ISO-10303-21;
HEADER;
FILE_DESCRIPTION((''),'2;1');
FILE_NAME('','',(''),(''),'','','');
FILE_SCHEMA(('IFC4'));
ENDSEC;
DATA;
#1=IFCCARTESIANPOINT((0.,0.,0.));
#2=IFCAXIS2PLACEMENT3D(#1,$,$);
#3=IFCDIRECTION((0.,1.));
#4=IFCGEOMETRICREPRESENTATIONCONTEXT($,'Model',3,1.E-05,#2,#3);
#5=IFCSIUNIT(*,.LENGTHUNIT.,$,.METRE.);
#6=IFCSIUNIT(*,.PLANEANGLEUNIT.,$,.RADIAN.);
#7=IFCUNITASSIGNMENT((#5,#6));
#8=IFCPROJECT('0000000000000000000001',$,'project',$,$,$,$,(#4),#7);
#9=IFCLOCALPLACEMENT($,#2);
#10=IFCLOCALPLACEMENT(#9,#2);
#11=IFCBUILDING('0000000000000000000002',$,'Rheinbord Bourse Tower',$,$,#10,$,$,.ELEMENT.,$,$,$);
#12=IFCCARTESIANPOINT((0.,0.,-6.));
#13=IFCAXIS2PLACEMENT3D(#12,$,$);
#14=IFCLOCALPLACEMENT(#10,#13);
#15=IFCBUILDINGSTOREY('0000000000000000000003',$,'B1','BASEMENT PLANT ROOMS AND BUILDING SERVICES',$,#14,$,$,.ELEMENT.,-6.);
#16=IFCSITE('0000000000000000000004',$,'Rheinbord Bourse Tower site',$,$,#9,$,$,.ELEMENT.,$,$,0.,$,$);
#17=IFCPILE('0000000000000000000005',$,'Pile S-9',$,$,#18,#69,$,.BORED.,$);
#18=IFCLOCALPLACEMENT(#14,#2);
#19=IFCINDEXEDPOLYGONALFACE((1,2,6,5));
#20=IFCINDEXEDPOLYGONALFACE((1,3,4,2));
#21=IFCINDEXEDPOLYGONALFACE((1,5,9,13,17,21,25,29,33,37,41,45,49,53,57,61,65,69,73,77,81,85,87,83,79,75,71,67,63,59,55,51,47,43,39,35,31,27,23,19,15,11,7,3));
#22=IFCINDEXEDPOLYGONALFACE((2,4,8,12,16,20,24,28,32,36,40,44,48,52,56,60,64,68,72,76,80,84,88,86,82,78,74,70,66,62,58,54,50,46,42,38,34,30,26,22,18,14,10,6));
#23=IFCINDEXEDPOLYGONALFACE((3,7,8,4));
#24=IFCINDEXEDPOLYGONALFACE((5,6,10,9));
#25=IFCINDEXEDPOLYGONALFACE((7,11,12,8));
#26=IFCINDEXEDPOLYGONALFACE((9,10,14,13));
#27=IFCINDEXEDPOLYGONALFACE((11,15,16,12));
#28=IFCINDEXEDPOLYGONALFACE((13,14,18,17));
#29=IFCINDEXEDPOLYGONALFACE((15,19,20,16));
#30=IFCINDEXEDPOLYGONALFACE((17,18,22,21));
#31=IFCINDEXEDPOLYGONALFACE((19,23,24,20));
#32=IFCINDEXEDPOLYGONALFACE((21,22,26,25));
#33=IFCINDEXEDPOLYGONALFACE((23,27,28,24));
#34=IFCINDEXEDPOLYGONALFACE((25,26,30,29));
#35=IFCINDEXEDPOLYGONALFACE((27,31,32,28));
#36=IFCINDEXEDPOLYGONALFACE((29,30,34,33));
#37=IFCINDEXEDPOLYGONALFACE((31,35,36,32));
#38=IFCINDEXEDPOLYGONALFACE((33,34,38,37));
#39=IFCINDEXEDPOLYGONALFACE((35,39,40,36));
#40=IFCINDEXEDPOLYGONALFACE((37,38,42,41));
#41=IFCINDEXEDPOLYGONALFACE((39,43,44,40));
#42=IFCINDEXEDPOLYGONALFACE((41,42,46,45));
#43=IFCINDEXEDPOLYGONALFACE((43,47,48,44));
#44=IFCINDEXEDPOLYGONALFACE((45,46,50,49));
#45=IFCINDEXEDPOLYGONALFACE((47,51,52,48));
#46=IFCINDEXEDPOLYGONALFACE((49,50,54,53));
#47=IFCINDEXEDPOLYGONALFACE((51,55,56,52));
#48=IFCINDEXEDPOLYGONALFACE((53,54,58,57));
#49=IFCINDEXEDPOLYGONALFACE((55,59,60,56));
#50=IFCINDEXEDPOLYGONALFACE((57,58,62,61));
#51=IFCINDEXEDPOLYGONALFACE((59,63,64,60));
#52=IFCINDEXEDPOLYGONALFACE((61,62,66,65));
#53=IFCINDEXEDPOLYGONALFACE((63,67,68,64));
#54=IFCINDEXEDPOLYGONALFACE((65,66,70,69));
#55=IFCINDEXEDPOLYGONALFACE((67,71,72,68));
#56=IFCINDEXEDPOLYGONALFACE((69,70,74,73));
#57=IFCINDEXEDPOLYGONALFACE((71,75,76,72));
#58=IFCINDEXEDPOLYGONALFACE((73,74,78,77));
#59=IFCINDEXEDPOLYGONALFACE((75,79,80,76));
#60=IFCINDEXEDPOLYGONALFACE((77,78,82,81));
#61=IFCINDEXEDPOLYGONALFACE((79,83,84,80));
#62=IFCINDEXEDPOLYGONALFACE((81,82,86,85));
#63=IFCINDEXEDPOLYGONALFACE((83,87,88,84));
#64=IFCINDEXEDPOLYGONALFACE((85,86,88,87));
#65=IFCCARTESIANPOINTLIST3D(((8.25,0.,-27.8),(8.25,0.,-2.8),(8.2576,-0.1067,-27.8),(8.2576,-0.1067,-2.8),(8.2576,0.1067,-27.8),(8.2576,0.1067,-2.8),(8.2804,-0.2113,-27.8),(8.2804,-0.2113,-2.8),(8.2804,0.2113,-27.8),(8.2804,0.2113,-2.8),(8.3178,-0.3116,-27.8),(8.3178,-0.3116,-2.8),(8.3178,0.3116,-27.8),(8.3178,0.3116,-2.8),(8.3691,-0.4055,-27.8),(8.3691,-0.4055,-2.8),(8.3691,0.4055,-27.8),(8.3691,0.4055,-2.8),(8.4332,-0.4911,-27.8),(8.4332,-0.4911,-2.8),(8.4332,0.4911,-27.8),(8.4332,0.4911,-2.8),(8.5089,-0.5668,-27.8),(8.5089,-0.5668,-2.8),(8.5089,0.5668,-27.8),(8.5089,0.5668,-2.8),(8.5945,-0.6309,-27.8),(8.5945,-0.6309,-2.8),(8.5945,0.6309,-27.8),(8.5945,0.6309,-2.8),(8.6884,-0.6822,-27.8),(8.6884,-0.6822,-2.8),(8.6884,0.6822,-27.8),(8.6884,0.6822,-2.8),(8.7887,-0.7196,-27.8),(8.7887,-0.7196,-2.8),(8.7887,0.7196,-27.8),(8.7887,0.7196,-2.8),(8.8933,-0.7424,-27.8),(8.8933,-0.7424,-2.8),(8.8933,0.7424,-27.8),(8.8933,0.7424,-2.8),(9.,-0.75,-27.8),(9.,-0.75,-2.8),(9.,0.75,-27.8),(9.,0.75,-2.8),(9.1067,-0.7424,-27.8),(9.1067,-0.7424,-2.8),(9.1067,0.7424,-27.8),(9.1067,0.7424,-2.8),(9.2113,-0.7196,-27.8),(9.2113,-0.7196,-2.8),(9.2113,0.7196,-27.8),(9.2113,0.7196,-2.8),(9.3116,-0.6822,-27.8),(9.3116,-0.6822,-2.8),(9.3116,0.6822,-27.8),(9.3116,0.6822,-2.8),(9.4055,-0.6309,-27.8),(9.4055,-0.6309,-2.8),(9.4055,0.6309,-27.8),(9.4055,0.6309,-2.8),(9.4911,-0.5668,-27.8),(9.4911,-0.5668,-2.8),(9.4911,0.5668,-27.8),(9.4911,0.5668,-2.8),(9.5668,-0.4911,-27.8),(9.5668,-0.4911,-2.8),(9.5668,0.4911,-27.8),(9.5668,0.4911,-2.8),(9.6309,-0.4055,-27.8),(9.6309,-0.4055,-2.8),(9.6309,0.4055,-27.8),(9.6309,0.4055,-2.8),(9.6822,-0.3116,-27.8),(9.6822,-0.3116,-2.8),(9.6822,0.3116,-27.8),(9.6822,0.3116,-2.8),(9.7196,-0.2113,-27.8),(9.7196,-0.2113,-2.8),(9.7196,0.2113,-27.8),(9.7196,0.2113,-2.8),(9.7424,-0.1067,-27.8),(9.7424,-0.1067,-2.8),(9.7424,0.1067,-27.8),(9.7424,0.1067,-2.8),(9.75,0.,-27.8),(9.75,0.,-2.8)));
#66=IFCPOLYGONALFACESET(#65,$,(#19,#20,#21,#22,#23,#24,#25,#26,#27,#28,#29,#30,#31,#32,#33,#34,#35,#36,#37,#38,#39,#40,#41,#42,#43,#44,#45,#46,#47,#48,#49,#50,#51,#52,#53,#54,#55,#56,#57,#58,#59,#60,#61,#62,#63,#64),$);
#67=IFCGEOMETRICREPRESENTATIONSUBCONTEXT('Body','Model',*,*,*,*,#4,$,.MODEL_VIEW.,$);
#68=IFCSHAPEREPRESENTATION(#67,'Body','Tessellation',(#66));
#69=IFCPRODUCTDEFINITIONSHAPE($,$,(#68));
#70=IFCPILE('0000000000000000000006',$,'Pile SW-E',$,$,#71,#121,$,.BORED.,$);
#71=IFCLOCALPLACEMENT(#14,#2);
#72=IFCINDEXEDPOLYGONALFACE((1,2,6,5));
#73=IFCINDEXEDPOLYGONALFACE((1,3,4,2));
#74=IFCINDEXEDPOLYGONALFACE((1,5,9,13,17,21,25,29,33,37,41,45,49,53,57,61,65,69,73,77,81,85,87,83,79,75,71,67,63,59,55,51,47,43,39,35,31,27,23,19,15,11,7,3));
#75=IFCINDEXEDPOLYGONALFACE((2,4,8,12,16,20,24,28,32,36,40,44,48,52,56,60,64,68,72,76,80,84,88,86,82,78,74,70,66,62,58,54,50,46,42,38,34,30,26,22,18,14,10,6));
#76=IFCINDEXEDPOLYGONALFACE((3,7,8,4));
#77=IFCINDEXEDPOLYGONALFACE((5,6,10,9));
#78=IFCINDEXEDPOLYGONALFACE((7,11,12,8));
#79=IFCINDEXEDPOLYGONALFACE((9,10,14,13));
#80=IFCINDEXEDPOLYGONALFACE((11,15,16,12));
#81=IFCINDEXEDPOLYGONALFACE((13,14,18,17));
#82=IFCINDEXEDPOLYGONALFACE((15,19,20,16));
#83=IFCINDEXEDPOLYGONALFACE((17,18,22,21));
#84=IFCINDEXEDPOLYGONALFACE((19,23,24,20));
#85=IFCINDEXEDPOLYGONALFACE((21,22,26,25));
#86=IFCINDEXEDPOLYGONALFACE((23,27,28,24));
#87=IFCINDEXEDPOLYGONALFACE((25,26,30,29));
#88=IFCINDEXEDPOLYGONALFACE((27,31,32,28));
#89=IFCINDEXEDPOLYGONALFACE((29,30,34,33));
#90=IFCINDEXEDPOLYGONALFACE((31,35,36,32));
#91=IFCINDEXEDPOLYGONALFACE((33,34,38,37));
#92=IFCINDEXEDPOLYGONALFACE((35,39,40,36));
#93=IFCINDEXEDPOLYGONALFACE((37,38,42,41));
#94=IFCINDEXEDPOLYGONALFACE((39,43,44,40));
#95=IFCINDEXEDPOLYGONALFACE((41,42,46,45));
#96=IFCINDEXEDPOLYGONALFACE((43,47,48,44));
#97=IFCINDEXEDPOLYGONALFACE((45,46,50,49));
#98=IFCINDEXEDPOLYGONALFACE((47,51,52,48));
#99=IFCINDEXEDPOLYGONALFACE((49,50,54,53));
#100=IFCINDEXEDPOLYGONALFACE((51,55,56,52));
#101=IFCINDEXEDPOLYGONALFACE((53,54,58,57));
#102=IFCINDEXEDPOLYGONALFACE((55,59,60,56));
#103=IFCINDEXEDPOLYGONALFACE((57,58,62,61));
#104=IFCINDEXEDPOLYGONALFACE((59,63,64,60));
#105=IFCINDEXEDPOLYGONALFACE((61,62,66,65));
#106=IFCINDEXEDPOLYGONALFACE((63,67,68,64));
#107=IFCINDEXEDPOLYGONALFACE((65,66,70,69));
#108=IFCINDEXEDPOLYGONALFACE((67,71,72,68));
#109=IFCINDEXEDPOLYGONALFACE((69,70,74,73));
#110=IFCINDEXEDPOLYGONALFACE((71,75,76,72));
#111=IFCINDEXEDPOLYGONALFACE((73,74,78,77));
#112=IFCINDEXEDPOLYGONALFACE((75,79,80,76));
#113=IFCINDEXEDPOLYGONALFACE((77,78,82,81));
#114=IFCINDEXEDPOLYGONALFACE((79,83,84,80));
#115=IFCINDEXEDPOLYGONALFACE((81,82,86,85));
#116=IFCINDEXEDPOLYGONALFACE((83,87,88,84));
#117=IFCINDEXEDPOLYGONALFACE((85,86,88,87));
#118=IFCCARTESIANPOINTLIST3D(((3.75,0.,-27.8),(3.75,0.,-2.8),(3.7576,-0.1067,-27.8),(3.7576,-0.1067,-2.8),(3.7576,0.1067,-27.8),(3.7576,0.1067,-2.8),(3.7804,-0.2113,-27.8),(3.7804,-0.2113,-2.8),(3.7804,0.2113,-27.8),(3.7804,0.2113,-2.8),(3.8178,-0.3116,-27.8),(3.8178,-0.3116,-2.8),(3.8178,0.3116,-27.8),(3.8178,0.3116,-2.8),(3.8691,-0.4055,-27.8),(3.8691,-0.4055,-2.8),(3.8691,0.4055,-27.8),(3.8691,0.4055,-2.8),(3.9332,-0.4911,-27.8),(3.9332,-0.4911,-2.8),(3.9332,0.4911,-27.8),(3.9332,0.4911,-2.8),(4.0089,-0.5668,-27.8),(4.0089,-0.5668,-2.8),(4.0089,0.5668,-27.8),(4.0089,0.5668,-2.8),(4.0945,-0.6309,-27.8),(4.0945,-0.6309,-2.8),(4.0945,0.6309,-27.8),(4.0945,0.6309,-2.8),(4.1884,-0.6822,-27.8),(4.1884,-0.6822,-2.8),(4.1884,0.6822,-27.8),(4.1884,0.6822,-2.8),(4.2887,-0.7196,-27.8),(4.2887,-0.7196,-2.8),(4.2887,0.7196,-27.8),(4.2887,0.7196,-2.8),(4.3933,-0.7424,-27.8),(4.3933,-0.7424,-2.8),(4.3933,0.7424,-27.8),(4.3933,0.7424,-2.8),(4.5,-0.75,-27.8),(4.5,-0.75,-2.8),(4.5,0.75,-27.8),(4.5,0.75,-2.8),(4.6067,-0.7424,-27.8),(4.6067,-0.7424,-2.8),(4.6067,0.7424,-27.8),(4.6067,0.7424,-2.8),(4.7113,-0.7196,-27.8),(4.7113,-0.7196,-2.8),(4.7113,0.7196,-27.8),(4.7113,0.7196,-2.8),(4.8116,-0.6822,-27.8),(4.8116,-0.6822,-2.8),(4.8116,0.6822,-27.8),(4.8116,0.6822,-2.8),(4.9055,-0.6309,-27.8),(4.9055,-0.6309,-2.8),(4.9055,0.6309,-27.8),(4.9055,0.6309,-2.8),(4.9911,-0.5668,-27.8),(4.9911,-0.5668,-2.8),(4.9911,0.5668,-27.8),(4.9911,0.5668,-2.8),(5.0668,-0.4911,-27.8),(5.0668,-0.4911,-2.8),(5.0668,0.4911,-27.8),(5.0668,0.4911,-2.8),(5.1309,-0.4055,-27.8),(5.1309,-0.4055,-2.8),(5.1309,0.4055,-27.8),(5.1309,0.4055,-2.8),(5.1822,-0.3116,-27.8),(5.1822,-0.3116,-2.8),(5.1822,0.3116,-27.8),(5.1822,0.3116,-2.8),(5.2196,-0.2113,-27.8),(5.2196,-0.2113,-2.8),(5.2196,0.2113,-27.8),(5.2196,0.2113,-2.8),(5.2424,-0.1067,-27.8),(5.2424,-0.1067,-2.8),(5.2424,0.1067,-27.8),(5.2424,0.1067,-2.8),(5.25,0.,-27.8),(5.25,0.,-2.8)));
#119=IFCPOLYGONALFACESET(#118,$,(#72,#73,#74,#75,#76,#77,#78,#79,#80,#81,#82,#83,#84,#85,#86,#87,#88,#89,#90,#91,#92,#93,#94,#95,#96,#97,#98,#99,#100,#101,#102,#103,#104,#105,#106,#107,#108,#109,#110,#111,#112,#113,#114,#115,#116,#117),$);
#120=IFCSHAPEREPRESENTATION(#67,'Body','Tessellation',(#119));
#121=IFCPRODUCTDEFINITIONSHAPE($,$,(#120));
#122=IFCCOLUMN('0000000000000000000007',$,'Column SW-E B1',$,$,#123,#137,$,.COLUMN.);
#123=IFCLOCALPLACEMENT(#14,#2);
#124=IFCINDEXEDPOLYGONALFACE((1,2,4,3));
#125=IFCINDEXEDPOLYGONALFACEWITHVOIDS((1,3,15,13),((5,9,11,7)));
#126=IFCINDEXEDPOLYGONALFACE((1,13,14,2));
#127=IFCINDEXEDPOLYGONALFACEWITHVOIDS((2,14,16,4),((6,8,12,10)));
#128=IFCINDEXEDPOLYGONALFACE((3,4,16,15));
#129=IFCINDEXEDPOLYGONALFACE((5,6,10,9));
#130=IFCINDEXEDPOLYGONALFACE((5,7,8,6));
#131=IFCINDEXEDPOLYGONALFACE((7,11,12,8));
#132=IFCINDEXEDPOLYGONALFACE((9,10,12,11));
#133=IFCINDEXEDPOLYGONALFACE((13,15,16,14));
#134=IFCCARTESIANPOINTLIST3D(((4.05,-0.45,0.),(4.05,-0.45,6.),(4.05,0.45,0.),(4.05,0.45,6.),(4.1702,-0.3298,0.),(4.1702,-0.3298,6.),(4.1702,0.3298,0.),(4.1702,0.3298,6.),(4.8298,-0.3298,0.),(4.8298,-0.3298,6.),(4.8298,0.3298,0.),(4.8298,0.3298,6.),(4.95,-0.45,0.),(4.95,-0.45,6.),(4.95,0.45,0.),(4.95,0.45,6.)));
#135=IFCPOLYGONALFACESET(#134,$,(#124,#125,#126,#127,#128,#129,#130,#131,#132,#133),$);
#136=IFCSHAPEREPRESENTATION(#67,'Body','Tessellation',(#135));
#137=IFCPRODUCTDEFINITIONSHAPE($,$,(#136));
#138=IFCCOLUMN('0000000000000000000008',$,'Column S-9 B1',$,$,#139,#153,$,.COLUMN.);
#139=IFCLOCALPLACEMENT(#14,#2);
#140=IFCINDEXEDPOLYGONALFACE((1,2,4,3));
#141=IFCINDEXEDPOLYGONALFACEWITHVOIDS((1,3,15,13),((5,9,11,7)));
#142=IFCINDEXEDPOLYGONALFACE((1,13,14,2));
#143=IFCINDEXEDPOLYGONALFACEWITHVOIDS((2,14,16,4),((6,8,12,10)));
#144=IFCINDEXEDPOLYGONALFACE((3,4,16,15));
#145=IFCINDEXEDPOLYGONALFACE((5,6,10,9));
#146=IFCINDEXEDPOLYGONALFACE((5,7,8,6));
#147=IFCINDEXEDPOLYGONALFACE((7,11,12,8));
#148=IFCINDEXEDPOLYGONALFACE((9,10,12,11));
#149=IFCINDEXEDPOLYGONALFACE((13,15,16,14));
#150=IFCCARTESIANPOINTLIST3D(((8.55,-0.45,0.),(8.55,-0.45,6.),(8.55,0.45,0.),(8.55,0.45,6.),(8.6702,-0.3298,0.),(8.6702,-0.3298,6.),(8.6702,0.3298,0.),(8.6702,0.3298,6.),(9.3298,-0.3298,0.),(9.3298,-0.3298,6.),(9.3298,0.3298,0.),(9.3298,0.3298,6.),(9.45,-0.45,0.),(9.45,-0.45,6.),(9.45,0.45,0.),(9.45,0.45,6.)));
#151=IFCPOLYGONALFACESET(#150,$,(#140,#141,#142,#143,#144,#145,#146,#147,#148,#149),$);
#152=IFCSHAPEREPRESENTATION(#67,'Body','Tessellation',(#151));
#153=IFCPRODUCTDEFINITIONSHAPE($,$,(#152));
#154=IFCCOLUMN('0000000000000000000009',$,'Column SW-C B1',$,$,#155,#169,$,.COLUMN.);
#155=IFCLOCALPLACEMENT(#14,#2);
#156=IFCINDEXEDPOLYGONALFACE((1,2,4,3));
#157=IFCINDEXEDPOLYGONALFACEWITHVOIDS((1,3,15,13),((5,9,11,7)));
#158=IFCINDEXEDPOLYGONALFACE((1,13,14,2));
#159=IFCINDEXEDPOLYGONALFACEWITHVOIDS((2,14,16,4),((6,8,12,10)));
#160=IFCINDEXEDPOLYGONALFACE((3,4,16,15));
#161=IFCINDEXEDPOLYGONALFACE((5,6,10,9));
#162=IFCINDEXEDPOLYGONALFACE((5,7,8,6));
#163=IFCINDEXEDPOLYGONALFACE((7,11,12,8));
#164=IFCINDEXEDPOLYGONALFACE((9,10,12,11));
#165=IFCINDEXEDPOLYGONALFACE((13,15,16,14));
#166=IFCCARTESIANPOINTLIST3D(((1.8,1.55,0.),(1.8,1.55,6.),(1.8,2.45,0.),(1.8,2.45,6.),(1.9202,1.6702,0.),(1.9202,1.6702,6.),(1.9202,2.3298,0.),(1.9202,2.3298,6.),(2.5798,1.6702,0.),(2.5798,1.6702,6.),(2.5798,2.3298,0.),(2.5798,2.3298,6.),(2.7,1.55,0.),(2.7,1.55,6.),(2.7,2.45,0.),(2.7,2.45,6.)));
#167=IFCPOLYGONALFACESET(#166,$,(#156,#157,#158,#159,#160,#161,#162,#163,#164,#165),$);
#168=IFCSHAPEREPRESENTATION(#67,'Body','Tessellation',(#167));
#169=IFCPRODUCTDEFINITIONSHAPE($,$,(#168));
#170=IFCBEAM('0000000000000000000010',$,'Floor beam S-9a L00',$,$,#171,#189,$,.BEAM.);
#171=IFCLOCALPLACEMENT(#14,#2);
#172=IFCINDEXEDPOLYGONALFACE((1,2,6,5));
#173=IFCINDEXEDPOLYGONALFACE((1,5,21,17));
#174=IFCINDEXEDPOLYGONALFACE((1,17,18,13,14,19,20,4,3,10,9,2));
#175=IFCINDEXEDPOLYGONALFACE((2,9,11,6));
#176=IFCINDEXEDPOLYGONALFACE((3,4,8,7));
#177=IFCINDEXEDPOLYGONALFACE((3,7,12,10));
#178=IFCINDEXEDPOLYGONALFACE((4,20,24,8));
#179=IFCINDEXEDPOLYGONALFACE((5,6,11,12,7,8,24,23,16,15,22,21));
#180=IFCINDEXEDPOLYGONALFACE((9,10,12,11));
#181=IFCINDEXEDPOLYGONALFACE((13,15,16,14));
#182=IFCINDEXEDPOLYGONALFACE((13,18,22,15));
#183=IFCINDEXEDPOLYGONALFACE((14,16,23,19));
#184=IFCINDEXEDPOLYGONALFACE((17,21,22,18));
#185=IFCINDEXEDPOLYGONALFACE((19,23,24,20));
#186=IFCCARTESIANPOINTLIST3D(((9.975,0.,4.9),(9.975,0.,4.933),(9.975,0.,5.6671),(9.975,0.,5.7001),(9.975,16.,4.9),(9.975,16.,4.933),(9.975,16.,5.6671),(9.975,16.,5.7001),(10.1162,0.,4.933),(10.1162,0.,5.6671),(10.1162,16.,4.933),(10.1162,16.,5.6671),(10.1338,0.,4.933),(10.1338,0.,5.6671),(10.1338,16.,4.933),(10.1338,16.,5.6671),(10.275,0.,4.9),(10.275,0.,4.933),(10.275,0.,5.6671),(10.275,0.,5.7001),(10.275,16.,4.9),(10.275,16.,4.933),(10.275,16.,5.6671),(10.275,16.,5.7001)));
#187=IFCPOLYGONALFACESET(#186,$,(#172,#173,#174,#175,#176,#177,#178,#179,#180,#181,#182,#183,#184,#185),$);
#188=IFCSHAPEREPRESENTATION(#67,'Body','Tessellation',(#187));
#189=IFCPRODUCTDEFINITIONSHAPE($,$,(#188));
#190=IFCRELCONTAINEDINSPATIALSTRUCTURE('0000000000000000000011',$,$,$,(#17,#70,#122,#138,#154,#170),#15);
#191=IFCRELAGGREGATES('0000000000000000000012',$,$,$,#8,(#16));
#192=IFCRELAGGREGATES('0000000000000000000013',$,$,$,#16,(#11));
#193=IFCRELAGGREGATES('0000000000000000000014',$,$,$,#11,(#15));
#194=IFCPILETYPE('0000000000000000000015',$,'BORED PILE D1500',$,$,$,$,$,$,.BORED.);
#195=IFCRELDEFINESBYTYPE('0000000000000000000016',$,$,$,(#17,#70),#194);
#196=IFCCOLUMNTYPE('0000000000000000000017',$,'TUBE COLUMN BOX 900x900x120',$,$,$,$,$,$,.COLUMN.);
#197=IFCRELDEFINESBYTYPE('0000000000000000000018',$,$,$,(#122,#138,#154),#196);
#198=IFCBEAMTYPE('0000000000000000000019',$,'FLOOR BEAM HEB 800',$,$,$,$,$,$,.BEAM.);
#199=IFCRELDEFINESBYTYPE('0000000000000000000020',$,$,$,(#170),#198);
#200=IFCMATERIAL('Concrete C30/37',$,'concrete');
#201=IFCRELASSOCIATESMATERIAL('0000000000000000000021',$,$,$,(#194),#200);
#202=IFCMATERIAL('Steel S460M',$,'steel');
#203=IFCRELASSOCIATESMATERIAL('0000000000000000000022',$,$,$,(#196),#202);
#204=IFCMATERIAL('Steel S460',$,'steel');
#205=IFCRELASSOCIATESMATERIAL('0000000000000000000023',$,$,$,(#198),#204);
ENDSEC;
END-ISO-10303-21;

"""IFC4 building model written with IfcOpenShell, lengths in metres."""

from ifc_helpers import new_model, si_unit, direction, frame, origin, origin_2d, place, context, subcontext, project, spatial, hollow_rectangle, circle, i_section, extrude, material, material_profile, profile_set, type_object, element, save


model = new_model("IFC4")

# Units and contexts
model_context = context("Model", 3, precision=1e-05, world=origin(), true_north=direction((0.0, 1.0)))
body_context = subcontext(model_context, "Body", "Model", "MODEL_VIEW")
ifc_project = project(units=[si_unit("LENGTHUNIT", "METRE"), si_unit("PLANEANGLEUNIT", "RADIAN")], contexts=[model_context])

# Site, building, storey
site_placement = place(None, origin())
site = spatial("IfcSite", under=ifc_project, at=site_placement, Name="Rheinbord Bourse Tower site", CompositionType="ELEMENT", RefElevation=0.0)
building_placement = place(site_placement, origin())
building = spatial("IfcBuilding", under=site, at=building_placement, Name="Rheinbord Bourse Tower", CompositionType="ELEMENT")
storey_placement = place(building_placement, frame((0.0, 0.0, -6.0)))
storey = spatial("IfcBuildingStorey", under=building, at=storey_placement, Name="B1", Description="BASEMENT PLANT ROOMS AND BUILDING SERVICES", CompositionType="ELEMENT", Elevation=-6.0)

# Piles
ifc_material_1 = material(Name="Concrete C30/37", Category="concrete")
ifc_material_profile_1 = material_profile(ifc_material_1, circle(Radius=0.75, at=origin_2d()), Name="D1500")
ifc_profile_set_1 = profile_set([ifc_material_profile_1], Name="Concrete C30/37")
pile_type = type_object("IfcPileType", Name="BORED PILE D1500", PredefinedType="BORED", material=ifc_profile_set_1)
for number, where, z_axis, x_axis, name in (
    (1, (9.0, 0.0, -2.8), (0.0, 0.0, -1.0), (1.0, 0.0, 0.0), "Pile S-9"),
    (2, (4.5, 0.0, -2.8), (0.0, 0.0, -1.0), (1.0, 0.0, 0.0), "Pile SW-E"),
):
    element("IfcPile", number, at=place(storey_placement, frame(where, z_axis=z_axis, x_axis=x_axis)), inside=storey, type_object=pile_type, Name=name, PredefinedType="BORED", context=body_context, shape_type="SweptSolid", body=[
        extrude(circle(Radius=0.75, at=origin_2d()), origin(), (0.0, 0.0, 1.0), 25.0),
    ])

# Columns
ifc_material_2 = material(Name="Steel S460M", Category="steel")
ifc_material_profile_2 = material_profile(ifc_material_2, hollow_rectangle(XDim=0.8999, YDim=0.8999, WallThickness=0.1201, at=origin_2d()), Name="BOX 900x900x120")
ifc_profile_set_2 = profile_set([ifc_material_profile_2], Name="Steel S460M")
column_type = type_object("IfcColumnType", Name="TUBE COLUMN BOX 900x900x120", PredefinedType="COLUMN", material=ifc_profile_set_2)
for number, where, z_axis, x_axis, name in (
    (3, (4.5, 0.0, 0.0), (0.0, 0.0, 1.0), (0.0, 1.0, 0.0), "Column SW-E B1"),
    (4, (9.0, 0.0, 0.0), (0.0, 0.0, 1.0), (0.0, 1.0, 0.0), "Column S-9 B1"),
    (5, (2.25, 2.0, 0.0), (0.0, 0.0, 1.0), (1.0, 0.0, 0.0), "Column SW-C B1"),
):
    element("IfcColumn", number, at=place(storey_placement, frame(where, z_axis=z_axis, x_axis=x_axis)), inside=storey, type_object=column_type, Name=name, PredefinedType="COLUMN", context=body_context, shape_type="SweptSolid", body=[
        extrude(hollow_rectangle(XDim=0.8999, YDim=0.8999, WallThickness=0.1201, at=origin_2d()), origin(), (0.0, 0.0, 1.0), 6.0),
    ])

# Beam
ifc_material_3 = material(Name="Steel S460", Category="steel")
ifc_material_profile_3 = material_profile(ifc_material_3, i_section(OverallWidth=0.3, OverallDepth=0.8, WebThickness=0.0176, FlangeThickness=0.033, at=origin_2d()), Name="HEB 800")
ifc_profile_set_3 = profile_set([ifc_material_profile_3], Name="Steel S460")
beam_type_1 = type_object("IfcBeamType", Name="FLOOR BEAM HEB 800", PredefinedType="BEAM", material=ifc_profile_set_3)
for number, where, z_axis, x_axis, name in (
    (6, (10.125, 0.0, 5.3), (0.0, 1.0, 0.0), (-1.0, 0.0, 0.0), "Floor beam S-9a L00"),
):
    element("IfcBeam", number, at=place(storey_placement, frame(where, z_axis=z_axis, x_axis=x_axis)), inside=storey, type_object=beam_type_1, Name=name, PredefinedType="BEAM", context=body_context, shape_type="SweptSolid", body=[
        extrude(i_section(OverallWidth=0.3, OverallDepth=0.8, WebThickness=0.0176, FlangeThickness=0.033, at=origin_2d()), origin(), (0.0, 0.0, 1.0), 16.0),
    ])

save(model, "model.ifc")
